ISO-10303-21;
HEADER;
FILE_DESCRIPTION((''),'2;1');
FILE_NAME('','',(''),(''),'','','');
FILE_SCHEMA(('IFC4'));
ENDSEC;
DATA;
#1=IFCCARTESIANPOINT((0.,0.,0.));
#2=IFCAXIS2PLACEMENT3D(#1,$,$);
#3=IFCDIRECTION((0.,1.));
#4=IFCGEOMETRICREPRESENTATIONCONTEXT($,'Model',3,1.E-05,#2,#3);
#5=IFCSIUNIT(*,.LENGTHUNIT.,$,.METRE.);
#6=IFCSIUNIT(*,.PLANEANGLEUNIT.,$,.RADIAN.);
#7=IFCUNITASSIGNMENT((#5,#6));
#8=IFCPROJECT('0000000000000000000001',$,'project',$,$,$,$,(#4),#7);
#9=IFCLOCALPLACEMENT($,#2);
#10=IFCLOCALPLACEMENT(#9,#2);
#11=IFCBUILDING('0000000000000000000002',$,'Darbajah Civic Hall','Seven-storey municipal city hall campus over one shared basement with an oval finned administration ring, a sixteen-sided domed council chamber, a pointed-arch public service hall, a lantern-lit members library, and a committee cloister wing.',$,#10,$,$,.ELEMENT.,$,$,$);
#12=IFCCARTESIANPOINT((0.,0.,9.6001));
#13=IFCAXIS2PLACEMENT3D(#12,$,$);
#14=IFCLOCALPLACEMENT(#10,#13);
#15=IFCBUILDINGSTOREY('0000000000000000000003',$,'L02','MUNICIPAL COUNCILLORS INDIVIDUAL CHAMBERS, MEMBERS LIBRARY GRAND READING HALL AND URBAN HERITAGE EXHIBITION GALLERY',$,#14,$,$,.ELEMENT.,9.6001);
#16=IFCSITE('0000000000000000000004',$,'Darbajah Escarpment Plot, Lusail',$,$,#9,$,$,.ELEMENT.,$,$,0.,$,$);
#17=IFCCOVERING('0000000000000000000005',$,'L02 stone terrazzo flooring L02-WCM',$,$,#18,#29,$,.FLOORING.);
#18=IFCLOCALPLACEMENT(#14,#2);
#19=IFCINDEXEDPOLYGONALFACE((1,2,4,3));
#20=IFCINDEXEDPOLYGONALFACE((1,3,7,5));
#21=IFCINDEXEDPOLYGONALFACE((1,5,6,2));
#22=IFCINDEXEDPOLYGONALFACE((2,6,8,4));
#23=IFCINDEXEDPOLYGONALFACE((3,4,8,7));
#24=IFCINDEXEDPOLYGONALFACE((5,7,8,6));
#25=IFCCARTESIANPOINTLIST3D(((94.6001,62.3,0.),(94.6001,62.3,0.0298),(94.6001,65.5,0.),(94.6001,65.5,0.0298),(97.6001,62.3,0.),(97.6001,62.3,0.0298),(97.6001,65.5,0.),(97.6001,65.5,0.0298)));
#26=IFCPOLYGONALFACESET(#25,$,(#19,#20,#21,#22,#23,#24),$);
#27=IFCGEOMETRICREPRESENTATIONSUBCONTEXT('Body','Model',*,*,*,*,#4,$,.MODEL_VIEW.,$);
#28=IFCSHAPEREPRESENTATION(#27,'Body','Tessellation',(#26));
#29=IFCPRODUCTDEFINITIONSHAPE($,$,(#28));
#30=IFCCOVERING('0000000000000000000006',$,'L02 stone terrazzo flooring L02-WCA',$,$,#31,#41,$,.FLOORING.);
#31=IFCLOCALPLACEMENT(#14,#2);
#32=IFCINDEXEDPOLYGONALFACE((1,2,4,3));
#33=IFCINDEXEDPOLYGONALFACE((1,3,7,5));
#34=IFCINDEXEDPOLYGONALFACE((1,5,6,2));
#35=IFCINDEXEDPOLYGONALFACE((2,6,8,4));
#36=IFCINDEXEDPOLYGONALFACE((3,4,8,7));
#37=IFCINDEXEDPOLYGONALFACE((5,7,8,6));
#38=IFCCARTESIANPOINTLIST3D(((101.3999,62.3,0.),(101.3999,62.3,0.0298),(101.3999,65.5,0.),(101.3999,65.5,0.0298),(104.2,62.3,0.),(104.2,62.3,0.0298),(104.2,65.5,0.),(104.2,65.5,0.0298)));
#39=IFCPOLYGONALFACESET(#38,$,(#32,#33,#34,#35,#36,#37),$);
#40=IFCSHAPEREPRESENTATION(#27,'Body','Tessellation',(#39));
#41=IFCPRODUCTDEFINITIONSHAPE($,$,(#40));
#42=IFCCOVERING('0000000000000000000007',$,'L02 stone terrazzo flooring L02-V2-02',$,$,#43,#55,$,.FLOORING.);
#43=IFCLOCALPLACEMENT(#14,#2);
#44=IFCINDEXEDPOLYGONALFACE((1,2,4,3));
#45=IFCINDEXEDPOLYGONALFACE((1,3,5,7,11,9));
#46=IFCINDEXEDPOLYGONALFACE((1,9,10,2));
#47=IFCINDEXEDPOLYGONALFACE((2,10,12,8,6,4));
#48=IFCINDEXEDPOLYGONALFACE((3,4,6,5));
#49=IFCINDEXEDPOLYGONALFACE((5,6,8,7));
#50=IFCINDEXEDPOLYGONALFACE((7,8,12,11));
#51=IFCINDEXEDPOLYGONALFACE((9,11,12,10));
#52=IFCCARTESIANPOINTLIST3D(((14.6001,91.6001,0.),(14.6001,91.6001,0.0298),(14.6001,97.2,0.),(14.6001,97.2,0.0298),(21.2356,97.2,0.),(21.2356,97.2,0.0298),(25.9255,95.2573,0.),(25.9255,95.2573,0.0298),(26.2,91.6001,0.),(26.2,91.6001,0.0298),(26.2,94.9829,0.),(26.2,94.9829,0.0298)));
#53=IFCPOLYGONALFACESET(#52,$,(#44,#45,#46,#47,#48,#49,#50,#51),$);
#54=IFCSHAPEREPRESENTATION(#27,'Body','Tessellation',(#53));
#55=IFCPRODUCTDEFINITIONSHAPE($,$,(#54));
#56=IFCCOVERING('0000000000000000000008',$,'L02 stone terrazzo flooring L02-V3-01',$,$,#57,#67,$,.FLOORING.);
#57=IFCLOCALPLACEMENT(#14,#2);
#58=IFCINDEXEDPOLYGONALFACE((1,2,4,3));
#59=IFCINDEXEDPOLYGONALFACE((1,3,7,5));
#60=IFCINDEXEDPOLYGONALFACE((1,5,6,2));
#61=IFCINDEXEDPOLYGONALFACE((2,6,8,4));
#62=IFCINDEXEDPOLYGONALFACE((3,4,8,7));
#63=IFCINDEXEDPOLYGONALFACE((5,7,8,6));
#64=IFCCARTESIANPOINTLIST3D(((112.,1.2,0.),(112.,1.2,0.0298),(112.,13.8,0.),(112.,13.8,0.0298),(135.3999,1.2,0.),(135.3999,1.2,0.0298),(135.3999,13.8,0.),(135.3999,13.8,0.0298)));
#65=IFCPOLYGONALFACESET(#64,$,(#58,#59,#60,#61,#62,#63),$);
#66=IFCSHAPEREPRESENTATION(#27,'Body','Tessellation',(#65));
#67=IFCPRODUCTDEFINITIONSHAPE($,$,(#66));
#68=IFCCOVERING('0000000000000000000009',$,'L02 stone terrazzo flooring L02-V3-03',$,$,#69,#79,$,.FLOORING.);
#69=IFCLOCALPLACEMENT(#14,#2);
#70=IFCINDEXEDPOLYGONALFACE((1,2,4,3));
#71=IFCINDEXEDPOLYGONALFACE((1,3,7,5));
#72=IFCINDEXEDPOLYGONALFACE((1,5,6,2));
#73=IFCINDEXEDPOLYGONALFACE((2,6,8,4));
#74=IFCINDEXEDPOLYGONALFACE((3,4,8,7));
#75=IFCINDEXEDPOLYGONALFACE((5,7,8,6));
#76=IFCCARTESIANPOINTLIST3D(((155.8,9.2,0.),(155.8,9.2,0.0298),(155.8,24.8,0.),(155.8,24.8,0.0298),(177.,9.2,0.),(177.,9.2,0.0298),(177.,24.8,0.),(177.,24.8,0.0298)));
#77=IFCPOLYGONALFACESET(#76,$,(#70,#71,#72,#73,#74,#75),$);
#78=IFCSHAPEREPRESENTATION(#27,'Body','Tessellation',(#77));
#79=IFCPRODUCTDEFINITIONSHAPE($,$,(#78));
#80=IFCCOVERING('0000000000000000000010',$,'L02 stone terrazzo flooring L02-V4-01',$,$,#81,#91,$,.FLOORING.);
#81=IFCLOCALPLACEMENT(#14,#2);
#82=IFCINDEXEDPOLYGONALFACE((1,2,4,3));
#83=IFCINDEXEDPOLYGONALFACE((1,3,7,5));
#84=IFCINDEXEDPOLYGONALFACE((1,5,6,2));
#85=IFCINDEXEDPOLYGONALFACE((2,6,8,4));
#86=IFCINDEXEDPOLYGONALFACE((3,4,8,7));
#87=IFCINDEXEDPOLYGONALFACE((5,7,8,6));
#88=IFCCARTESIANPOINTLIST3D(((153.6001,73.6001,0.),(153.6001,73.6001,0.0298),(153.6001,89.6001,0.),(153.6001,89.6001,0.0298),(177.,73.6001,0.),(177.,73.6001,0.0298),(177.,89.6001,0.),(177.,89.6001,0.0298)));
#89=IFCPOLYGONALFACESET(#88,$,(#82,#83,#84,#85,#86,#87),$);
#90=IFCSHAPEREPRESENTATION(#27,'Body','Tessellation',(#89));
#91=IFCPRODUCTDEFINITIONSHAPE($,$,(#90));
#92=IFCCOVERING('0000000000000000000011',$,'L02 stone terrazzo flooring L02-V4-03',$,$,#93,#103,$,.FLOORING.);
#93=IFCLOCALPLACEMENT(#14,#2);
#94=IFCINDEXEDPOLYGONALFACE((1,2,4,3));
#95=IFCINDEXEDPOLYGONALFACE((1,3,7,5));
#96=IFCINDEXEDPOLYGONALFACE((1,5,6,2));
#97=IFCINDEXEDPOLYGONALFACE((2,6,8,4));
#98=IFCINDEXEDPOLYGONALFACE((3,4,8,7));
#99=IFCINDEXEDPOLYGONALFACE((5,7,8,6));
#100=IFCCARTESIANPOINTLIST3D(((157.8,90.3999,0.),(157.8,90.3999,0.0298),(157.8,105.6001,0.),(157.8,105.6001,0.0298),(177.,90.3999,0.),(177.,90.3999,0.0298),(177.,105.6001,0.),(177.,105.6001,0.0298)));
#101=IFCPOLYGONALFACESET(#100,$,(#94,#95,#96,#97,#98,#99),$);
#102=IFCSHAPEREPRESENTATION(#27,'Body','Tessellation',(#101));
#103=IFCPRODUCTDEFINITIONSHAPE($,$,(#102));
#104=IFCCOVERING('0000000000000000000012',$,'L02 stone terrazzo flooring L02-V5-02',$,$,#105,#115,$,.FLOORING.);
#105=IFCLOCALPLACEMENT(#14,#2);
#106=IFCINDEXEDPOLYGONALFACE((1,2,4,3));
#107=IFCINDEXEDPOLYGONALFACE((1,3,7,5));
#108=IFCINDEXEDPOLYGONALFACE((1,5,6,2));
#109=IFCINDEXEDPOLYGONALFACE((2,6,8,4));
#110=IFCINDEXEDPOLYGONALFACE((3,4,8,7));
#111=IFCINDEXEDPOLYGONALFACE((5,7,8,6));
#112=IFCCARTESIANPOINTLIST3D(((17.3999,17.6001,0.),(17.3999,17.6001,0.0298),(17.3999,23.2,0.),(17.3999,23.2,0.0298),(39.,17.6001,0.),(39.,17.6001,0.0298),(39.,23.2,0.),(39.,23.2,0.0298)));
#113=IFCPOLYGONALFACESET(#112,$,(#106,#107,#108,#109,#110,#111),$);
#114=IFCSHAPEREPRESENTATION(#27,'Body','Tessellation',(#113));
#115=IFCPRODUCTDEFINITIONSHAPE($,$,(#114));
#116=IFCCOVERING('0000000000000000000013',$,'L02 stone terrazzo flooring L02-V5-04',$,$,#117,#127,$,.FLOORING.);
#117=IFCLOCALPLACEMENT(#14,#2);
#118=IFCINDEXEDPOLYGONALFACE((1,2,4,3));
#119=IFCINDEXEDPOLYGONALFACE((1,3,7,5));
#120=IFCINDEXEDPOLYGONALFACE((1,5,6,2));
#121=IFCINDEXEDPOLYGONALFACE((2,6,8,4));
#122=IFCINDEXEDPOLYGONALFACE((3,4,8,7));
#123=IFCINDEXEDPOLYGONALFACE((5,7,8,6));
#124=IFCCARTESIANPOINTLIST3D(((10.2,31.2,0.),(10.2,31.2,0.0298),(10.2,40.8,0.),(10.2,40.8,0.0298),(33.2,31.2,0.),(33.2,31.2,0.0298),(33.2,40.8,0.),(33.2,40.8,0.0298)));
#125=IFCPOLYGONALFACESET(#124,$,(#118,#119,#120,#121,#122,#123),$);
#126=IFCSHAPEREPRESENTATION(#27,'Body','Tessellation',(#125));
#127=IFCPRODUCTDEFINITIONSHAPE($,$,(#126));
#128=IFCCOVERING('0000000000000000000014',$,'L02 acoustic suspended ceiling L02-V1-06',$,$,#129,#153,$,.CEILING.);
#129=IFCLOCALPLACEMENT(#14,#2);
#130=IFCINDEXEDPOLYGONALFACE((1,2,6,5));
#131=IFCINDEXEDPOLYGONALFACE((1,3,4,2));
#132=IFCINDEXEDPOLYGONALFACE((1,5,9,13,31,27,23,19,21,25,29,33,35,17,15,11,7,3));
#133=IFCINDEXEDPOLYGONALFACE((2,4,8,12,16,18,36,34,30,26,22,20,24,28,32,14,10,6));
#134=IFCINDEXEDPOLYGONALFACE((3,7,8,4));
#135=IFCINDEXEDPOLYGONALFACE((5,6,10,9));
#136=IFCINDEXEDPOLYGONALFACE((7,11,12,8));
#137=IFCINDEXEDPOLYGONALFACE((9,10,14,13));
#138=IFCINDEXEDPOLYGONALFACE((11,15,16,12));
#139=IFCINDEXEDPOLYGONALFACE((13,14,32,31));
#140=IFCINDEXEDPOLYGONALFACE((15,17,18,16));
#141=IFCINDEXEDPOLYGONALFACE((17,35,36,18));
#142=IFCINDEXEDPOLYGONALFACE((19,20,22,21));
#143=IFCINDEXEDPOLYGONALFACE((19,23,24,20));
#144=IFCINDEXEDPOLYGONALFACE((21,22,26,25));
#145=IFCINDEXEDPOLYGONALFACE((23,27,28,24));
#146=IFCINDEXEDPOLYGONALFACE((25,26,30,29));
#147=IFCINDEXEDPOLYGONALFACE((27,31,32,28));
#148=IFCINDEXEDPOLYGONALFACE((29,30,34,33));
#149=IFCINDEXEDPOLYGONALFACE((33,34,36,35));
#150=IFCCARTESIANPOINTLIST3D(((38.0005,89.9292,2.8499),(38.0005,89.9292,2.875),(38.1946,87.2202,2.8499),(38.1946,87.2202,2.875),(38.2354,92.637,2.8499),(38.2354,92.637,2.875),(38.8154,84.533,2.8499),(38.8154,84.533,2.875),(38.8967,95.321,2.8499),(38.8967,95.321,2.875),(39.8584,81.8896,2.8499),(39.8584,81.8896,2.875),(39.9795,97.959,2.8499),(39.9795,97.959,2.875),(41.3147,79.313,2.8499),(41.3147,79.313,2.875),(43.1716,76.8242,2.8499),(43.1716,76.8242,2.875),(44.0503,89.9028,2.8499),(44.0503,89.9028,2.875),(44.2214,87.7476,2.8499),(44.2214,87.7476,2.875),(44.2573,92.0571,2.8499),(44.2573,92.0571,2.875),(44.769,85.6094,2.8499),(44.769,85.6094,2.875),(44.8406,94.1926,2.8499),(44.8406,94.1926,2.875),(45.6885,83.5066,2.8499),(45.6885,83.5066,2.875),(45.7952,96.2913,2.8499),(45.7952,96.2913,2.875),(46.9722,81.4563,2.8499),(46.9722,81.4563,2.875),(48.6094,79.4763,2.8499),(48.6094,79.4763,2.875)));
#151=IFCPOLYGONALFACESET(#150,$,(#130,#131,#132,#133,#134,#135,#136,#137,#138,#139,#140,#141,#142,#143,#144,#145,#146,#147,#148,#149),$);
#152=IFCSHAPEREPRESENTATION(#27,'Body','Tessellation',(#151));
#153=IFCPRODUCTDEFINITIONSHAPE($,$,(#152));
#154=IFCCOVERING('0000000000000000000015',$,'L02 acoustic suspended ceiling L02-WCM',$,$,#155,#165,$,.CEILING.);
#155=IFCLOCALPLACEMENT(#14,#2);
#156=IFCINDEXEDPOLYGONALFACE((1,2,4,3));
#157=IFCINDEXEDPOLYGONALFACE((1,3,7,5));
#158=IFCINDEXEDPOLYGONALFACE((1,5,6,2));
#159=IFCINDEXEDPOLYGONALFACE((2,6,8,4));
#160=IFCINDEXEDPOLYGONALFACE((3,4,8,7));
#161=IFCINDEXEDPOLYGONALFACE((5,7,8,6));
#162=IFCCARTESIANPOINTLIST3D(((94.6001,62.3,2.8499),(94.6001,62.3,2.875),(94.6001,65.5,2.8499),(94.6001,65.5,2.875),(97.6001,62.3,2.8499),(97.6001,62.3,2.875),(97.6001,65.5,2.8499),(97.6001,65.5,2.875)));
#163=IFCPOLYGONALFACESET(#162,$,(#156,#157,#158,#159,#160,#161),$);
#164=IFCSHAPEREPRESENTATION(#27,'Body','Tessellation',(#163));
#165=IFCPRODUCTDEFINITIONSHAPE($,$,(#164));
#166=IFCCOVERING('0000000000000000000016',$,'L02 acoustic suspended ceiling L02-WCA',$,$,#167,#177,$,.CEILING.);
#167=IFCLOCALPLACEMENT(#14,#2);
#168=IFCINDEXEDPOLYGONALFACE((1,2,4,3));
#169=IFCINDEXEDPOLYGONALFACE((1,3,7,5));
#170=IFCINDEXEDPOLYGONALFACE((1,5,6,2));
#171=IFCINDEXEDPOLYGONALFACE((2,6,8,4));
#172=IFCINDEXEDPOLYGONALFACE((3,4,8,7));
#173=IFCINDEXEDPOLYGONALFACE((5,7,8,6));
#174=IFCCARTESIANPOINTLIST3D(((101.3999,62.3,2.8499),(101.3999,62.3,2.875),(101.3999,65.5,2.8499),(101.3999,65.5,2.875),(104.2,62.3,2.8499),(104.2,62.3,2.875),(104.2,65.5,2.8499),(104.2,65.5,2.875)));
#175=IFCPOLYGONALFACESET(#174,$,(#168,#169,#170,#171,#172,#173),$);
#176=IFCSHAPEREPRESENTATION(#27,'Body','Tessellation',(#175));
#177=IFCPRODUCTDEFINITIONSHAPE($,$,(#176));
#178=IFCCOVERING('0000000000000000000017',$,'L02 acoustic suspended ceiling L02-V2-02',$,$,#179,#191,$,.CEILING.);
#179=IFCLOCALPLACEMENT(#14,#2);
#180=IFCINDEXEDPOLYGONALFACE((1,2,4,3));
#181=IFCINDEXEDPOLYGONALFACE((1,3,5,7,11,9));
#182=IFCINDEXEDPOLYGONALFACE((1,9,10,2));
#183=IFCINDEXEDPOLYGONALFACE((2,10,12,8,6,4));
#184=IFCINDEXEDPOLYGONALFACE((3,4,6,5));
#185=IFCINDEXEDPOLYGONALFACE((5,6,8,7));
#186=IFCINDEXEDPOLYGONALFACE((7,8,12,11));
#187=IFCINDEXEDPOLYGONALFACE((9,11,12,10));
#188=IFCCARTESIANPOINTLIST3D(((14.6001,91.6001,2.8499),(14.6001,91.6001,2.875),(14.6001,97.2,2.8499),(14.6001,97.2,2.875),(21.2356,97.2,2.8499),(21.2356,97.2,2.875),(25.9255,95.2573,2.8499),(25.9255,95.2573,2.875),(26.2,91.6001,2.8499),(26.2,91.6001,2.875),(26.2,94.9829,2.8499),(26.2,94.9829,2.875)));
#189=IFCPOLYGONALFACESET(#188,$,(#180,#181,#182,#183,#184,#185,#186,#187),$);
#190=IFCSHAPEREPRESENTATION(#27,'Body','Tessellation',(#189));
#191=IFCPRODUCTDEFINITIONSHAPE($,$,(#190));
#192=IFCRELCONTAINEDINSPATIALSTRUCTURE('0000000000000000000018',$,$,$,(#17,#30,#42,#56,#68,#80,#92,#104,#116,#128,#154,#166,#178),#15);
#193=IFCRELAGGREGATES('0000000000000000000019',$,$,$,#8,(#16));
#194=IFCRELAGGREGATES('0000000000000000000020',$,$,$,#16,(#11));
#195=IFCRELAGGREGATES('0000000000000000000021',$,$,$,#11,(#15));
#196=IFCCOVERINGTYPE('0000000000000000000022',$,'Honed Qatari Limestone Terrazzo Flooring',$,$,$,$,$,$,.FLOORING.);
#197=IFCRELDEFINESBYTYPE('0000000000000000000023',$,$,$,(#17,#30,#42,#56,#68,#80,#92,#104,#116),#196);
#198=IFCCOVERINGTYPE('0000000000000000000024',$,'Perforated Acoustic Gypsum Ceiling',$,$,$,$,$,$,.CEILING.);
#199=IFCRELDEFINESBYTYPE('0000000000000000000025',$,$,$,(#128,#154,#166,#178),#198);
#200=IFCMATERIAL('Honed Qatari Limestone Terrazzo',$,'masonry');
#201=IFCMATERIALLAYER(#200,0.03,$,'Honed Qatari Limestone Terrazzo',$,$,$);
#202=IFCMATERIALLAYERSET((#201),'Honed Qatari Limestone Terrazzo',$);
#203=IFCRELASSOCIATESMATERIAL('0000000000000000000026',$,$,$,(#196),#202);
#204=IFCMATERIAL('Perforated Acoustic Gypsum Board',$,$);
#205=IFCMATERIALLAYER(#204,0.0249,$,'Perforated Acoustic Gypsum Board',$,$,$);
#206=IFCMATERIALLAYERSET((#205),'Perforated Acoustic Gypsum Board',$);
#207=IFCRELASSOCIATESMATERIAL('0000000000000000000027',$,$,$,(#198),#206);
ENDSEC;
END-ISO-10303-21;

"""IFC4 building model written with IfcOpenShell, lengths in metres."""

from ifc_helpers import new_model, si_unit, direction, frame, origin, place, context, subcontext, project, spatial, polyline, outline, extrude, material, layer, layer_set, type_object, element, save


model = new_model("IFC4")

# Units and contexts
model_context = context("Model", 3, precision=1e-05, world=origin(), true_north=direction((0.0, 1.0)))
body_context = subcontext(model_context, "Body", "Model", "MODEL_VIEW")
ifc_project = project(units=[si_unit("LENGTHUNIT", "METRE"), si_unit("PLANEANGLEUNIT", "RADIAN")], contexts=[model_context])

# Site, building, storey
site_placement = place(None, origin())
site = spatial("IfcSite", under=ifc_project, at=site_placement, Name="Darbajah Escarpment Plot, Lusail", CompositionType="ELEMENT", RefElevation=0.0)
building_placement = place(site_placement, origin())
building = spatial("IfcBuilding", under=site, at=building_placement, Name="Darbajah Civic Hall", Description="Seven-storey municipal city hall campus over one shared basement with an oval finned administration ring, a sixteen-sided domed council chamber, a pointed-arch public service hall, a lantern-lit members library, and a committee cloister wing.", CompositionType="ELEMENT")
storey_placement = place(building_placement, frame((0.0, 0.0, 9.6001)))
storey = spatial("IfcBuildingStorey", under=building, at=storey_placement, Name="L02", Description="MUNICIPAL COUNCILLORS INDIVIDUAL CHAMBERS, MEMBERS LIBRARY GRAND READING HALL AND URBAN HERITAGE EXHIBITION GALLERY", CompositionType="ELEMENT", Elevation=9.6001)

# Coverings
ifc_material_1 = material(Name="Honed Qatari Limestone Terrazzo", Category="masonry")
ifc_layer_1 = layer(ifc_material_1, 0.03, Name="Honed Qatari Limestone Terrazzo")
ifc_layer_set_1 = layer_set([ifc_layer_1], Name="Honed Qatari Limestone Terrazzo")
covering_type_1 = type_object("IfcCoveringType", Name="Honed Qatari Limestone Terrazzo Flooring", PredefinedType="FLOORING", material=ifc_layer_set_1)
covering_1_placement = place(storey_placement, origin())
element("IfcCovering", 1, at=covering_1_placement, inside=storey, type_object=covering_type_1, Name="L02 stone terrazzo flooring L02-WCM", PredefinedType="FLOORING", context=body_context, shape_type="SweptSolid", body=[
    extrude(outline(polyline([(94.6001, 62.3), (97.6001, 62.3), (97.6001, 65.5), (94.6001, 65.5), (94.6001, 62.3)])), origin(), (0.0, 0.0, 1.0), 0.0298),
])
covering_2_placement = place(storey_placement, origin())
element("IfcCovering", 2, at=covering_2_placement, inside=storey, type_object=covering_type_1, Name="L02 stone terrazzo flooring L02-WCA", PredefinedType="FLOORING", context=body_context, shape_type="SweptSolid", body=[
    extrude(outline(polyline([(101.3999, 62.3), (104.2, 62.3), (104.2, 65.5), (101.3999, 65.5), (101.3999, 62.3)])), origin(), (0.0, 0.0, 1.0), 0.0298),
])
covering_3_placement = place(storey_placement, origin())
element("IfcCovering", 3, at=covering_3_placement, inside=storey, type_object=covering_type_1, Name="L02 stone terrazzo flooring L02-V2-02", PredefinedType="FLOORING", context=body_context, shape_type="SweptSolid", body=[
    extrude(outline(polyline([(14.6001, 97.2), (21.2356, 97.2), (25.9255, 95.2573), (26.2, 94.9829), (26.2, 91.6001), (14.6001, 91.6001), (14.6001, 97.2)])), origin(), (0.0, 0.0, 1.0), 0.0298),
])
covering_4_placement = place(storey_placement, origin())
element("IfcCovering", 4, at=covering_4_placement, inside=storey, type_object=covering_type_1, Name="L02 stone terrazzo flooring L02-V3-01", PredefinedType="FLOORING", context=body_context, shape_type="SweptSolid", body=[
    extrude(outline(polyline([(112.0, 1.2), (135.3999, 1.2), (135.3999, 13.8), (112.0, 13.8), (112.0, 1.2)])), origin(), (0.0, 0.0, 1.0), 0.0298),
])
covering_5_placement = place(storey_placement, origin())
element("IfcCovering", 5, at=covering_5_placement, inside=storey, type_object=covering_type_1, Name="L02 stone terrazzo flooring L02-V3-03", PredefinedType="FLOORING", context=body_context, shape_type="SweptSolid", body=[
    extrude(outline(polyline([(155.8, 9.2), (177.0, 9.2), (177.0, 24.8), (155.8, 24.8), (155.8, 9.2)])), origin(), (0.0, 0.0, 1.0), 0.0298),
])
covering_6_placement = place(storey_placement, origin())
element("IfcCovering", 6, at=covering_6_placement, inside=storey, type_object=covering_type_1, Name="L02 stone terrazzo flooring L02-V4-01", PredefinedType="FLOORING", context=body_context, shape_type="SweptSolid", body=[
    extrude(outline(polyline([(153.6001, 73.6001), (177.0, 73.6001), (177.0, 89.6001), (153.6001, 89.6001), (153.6001, 73.6001)])), origin(), (0.0, 0.0, 1.0), 0.0298),
])
covering_7_placement = place(storey_placement, origin())
element("IfcCovering", 7, at=covering_7_placement, inside=storey, type_object=covering_type_1, Name="L02 stone terrazzo flooring L02-V4-03", PredefinedType="FLOORING", context=body_context, shape_type="SweptSolid", body=[
    extrude(outline(polyline([(157.8, 90.3999), (177.0, 90.3999), (177.0, 105.6001), (157.8, 105.6001), (157.8, 90.3999)])), origin(), (0.0, 0.0, 1.0), 0.0298),
])
covering_8_placement = place(storey_placement, origin())
element("IfcCovering", 8, at=covering_8_placement, inside=storey, type_object=covering_type_1, Name="L02 stone terrazzo flooring L02-V5-02", PredefinedType="FLOORING", context=body_context, shape_type="SweptSolid", body=[
    extrude(outline(polyline([(17.3999, 17.6001), (39.0, 17.6001), (39.0, 23.2), (17.3999, 23.2), (17.3999, 17.6001)])), origin(), (0.0, 0.0, 1.0), 0.0298),
])
covering_9_placement = place(storey_placement, origin())
element("IfcCovering", 9, at=covering_9_placement, inside=storey, type_object=covering_type_1, Name="L02 stone terrazzo flooring L02-V5-04", PredefinedType="FLOORING", context=body_context, shape_type="SweptSolid", body=[
    extrude(outline(polyline([(10.2, 31.2), (33.2, 31.2), (33.2, 40.8), (10.2, 40.8), (10.2, 31.2)])), origin(), (0.0, 0.0, 1.0), 0.0298),
])
ifc_material_2 = material(Name="Perforated Acoustic Gypsum Board")
ifc_layer_2 = layer(ifc_material_2, 0.0249, Name="Perforated Acoustic Gypsum Board")
ifc_layer_set_2 = layer_set([ifc_layer_2], Name="Perforated Acoustic Gypsum Board")
covering_type_2 = type_object("IfcCoveringType", Name="Perforated Acoustic Gypsum Ceiling", PredefinedType="CEILING", material=ifc_layer_set_2)
covering_10_placement = place(storey_placement, frame((0.0, 0.0, 2.8499)))
element("IfcCovering", 10, at=covering_10_placement, inside=storey, type_object=covering_type_2, Name="L02 acoustic suspended ceiling L02-V1-06", PredefinedType="CEILING", context=body_context, shape_type="SweptSolid", body=[
    extrude(outline(polyline([(39.9795, 97.959), (38.8967, 95.321), (38.2354, 92.637), (38.0005, 89.9292), (38.1946, 87.2202), (38.8154, 84.533), (39.8584, 81.8896), (41.3147, 79.313), (43.1716, 76.8242), (48.6094, 79.4763), (46.9722, 81.4563), (45.6885, 83.5066), (44.769, 85.6094), (44.2214, 87.7476), (44.0503, 89.9028), (44.2573, 92.0571), (44.8406, 94.1926), (45.7952, 96.2913), (39.9795, 97.959)])), origin(), (0.0, 0.0, 1.0), 0.0251),
])
covering_11_placement = place(storey_placement, frame((0.0, 0.0, 2.8499)))
element("IfcCovering", 11, at=covering_11_placement, inside=storey, type_object=covering_type_2, Name="L02 acoustic suspended ceiling L02-WCM", PredefinedType="CEILING", context=body_context, shape_type="SweptSolid", body=[
    extrude(outline(polyline([(94.6001, 62.3), (97.6001, 62.3), (97.6001, 65.5), (94.6001, 65.5), (94.6001, 62.3)])), origin(), (0.0, 0.0, 1.0), 0.0251),
])
covering_12_placement = place(storey_placement, frame((0.0, 0.0, 2.8499)))
element("IfcCovering", 12, at=covering_12_placement, inside=storey, type_object=covering_type_2, Name="L02 acoustic suspended ceiling L02-WCA", PredefinedType="CEILING", context=body_context, shape_type="SweptSolid", body=[
    extrude(outline(polyline([(101.3999, 62.3), (104.2, 62.3), (104.2, 65.5), (101.3999, 65.5), (101.3999, 62.3)])), origin(), (0.0, 0.0, 1.0), 0.0251),
])
covering_13_placement = place(storey_placement, frame((0.0, 0.0, 2.8499)))
element("IfcCovering", 13, at=covering_13_placement, inside=storey, type_object=covering_type_2, Name="L02 acoustic suspended ceiling L02-V2-02", PredefinedType="CEILING", context=body_context, shape_type="SweptSolid", body=[
    extrude(outline(polyline([(14.6001, 97.2), (21.2356, 97.2), (25.9255, 95.2573), (26.2, 94.9829), (26.2, 91.6001), (14.6001, 91.6001), (14.6001, 97.2)])), origin(), (0.0, 0.0, 1.0), 0.0251),
])

save(model, "model.ifc")
